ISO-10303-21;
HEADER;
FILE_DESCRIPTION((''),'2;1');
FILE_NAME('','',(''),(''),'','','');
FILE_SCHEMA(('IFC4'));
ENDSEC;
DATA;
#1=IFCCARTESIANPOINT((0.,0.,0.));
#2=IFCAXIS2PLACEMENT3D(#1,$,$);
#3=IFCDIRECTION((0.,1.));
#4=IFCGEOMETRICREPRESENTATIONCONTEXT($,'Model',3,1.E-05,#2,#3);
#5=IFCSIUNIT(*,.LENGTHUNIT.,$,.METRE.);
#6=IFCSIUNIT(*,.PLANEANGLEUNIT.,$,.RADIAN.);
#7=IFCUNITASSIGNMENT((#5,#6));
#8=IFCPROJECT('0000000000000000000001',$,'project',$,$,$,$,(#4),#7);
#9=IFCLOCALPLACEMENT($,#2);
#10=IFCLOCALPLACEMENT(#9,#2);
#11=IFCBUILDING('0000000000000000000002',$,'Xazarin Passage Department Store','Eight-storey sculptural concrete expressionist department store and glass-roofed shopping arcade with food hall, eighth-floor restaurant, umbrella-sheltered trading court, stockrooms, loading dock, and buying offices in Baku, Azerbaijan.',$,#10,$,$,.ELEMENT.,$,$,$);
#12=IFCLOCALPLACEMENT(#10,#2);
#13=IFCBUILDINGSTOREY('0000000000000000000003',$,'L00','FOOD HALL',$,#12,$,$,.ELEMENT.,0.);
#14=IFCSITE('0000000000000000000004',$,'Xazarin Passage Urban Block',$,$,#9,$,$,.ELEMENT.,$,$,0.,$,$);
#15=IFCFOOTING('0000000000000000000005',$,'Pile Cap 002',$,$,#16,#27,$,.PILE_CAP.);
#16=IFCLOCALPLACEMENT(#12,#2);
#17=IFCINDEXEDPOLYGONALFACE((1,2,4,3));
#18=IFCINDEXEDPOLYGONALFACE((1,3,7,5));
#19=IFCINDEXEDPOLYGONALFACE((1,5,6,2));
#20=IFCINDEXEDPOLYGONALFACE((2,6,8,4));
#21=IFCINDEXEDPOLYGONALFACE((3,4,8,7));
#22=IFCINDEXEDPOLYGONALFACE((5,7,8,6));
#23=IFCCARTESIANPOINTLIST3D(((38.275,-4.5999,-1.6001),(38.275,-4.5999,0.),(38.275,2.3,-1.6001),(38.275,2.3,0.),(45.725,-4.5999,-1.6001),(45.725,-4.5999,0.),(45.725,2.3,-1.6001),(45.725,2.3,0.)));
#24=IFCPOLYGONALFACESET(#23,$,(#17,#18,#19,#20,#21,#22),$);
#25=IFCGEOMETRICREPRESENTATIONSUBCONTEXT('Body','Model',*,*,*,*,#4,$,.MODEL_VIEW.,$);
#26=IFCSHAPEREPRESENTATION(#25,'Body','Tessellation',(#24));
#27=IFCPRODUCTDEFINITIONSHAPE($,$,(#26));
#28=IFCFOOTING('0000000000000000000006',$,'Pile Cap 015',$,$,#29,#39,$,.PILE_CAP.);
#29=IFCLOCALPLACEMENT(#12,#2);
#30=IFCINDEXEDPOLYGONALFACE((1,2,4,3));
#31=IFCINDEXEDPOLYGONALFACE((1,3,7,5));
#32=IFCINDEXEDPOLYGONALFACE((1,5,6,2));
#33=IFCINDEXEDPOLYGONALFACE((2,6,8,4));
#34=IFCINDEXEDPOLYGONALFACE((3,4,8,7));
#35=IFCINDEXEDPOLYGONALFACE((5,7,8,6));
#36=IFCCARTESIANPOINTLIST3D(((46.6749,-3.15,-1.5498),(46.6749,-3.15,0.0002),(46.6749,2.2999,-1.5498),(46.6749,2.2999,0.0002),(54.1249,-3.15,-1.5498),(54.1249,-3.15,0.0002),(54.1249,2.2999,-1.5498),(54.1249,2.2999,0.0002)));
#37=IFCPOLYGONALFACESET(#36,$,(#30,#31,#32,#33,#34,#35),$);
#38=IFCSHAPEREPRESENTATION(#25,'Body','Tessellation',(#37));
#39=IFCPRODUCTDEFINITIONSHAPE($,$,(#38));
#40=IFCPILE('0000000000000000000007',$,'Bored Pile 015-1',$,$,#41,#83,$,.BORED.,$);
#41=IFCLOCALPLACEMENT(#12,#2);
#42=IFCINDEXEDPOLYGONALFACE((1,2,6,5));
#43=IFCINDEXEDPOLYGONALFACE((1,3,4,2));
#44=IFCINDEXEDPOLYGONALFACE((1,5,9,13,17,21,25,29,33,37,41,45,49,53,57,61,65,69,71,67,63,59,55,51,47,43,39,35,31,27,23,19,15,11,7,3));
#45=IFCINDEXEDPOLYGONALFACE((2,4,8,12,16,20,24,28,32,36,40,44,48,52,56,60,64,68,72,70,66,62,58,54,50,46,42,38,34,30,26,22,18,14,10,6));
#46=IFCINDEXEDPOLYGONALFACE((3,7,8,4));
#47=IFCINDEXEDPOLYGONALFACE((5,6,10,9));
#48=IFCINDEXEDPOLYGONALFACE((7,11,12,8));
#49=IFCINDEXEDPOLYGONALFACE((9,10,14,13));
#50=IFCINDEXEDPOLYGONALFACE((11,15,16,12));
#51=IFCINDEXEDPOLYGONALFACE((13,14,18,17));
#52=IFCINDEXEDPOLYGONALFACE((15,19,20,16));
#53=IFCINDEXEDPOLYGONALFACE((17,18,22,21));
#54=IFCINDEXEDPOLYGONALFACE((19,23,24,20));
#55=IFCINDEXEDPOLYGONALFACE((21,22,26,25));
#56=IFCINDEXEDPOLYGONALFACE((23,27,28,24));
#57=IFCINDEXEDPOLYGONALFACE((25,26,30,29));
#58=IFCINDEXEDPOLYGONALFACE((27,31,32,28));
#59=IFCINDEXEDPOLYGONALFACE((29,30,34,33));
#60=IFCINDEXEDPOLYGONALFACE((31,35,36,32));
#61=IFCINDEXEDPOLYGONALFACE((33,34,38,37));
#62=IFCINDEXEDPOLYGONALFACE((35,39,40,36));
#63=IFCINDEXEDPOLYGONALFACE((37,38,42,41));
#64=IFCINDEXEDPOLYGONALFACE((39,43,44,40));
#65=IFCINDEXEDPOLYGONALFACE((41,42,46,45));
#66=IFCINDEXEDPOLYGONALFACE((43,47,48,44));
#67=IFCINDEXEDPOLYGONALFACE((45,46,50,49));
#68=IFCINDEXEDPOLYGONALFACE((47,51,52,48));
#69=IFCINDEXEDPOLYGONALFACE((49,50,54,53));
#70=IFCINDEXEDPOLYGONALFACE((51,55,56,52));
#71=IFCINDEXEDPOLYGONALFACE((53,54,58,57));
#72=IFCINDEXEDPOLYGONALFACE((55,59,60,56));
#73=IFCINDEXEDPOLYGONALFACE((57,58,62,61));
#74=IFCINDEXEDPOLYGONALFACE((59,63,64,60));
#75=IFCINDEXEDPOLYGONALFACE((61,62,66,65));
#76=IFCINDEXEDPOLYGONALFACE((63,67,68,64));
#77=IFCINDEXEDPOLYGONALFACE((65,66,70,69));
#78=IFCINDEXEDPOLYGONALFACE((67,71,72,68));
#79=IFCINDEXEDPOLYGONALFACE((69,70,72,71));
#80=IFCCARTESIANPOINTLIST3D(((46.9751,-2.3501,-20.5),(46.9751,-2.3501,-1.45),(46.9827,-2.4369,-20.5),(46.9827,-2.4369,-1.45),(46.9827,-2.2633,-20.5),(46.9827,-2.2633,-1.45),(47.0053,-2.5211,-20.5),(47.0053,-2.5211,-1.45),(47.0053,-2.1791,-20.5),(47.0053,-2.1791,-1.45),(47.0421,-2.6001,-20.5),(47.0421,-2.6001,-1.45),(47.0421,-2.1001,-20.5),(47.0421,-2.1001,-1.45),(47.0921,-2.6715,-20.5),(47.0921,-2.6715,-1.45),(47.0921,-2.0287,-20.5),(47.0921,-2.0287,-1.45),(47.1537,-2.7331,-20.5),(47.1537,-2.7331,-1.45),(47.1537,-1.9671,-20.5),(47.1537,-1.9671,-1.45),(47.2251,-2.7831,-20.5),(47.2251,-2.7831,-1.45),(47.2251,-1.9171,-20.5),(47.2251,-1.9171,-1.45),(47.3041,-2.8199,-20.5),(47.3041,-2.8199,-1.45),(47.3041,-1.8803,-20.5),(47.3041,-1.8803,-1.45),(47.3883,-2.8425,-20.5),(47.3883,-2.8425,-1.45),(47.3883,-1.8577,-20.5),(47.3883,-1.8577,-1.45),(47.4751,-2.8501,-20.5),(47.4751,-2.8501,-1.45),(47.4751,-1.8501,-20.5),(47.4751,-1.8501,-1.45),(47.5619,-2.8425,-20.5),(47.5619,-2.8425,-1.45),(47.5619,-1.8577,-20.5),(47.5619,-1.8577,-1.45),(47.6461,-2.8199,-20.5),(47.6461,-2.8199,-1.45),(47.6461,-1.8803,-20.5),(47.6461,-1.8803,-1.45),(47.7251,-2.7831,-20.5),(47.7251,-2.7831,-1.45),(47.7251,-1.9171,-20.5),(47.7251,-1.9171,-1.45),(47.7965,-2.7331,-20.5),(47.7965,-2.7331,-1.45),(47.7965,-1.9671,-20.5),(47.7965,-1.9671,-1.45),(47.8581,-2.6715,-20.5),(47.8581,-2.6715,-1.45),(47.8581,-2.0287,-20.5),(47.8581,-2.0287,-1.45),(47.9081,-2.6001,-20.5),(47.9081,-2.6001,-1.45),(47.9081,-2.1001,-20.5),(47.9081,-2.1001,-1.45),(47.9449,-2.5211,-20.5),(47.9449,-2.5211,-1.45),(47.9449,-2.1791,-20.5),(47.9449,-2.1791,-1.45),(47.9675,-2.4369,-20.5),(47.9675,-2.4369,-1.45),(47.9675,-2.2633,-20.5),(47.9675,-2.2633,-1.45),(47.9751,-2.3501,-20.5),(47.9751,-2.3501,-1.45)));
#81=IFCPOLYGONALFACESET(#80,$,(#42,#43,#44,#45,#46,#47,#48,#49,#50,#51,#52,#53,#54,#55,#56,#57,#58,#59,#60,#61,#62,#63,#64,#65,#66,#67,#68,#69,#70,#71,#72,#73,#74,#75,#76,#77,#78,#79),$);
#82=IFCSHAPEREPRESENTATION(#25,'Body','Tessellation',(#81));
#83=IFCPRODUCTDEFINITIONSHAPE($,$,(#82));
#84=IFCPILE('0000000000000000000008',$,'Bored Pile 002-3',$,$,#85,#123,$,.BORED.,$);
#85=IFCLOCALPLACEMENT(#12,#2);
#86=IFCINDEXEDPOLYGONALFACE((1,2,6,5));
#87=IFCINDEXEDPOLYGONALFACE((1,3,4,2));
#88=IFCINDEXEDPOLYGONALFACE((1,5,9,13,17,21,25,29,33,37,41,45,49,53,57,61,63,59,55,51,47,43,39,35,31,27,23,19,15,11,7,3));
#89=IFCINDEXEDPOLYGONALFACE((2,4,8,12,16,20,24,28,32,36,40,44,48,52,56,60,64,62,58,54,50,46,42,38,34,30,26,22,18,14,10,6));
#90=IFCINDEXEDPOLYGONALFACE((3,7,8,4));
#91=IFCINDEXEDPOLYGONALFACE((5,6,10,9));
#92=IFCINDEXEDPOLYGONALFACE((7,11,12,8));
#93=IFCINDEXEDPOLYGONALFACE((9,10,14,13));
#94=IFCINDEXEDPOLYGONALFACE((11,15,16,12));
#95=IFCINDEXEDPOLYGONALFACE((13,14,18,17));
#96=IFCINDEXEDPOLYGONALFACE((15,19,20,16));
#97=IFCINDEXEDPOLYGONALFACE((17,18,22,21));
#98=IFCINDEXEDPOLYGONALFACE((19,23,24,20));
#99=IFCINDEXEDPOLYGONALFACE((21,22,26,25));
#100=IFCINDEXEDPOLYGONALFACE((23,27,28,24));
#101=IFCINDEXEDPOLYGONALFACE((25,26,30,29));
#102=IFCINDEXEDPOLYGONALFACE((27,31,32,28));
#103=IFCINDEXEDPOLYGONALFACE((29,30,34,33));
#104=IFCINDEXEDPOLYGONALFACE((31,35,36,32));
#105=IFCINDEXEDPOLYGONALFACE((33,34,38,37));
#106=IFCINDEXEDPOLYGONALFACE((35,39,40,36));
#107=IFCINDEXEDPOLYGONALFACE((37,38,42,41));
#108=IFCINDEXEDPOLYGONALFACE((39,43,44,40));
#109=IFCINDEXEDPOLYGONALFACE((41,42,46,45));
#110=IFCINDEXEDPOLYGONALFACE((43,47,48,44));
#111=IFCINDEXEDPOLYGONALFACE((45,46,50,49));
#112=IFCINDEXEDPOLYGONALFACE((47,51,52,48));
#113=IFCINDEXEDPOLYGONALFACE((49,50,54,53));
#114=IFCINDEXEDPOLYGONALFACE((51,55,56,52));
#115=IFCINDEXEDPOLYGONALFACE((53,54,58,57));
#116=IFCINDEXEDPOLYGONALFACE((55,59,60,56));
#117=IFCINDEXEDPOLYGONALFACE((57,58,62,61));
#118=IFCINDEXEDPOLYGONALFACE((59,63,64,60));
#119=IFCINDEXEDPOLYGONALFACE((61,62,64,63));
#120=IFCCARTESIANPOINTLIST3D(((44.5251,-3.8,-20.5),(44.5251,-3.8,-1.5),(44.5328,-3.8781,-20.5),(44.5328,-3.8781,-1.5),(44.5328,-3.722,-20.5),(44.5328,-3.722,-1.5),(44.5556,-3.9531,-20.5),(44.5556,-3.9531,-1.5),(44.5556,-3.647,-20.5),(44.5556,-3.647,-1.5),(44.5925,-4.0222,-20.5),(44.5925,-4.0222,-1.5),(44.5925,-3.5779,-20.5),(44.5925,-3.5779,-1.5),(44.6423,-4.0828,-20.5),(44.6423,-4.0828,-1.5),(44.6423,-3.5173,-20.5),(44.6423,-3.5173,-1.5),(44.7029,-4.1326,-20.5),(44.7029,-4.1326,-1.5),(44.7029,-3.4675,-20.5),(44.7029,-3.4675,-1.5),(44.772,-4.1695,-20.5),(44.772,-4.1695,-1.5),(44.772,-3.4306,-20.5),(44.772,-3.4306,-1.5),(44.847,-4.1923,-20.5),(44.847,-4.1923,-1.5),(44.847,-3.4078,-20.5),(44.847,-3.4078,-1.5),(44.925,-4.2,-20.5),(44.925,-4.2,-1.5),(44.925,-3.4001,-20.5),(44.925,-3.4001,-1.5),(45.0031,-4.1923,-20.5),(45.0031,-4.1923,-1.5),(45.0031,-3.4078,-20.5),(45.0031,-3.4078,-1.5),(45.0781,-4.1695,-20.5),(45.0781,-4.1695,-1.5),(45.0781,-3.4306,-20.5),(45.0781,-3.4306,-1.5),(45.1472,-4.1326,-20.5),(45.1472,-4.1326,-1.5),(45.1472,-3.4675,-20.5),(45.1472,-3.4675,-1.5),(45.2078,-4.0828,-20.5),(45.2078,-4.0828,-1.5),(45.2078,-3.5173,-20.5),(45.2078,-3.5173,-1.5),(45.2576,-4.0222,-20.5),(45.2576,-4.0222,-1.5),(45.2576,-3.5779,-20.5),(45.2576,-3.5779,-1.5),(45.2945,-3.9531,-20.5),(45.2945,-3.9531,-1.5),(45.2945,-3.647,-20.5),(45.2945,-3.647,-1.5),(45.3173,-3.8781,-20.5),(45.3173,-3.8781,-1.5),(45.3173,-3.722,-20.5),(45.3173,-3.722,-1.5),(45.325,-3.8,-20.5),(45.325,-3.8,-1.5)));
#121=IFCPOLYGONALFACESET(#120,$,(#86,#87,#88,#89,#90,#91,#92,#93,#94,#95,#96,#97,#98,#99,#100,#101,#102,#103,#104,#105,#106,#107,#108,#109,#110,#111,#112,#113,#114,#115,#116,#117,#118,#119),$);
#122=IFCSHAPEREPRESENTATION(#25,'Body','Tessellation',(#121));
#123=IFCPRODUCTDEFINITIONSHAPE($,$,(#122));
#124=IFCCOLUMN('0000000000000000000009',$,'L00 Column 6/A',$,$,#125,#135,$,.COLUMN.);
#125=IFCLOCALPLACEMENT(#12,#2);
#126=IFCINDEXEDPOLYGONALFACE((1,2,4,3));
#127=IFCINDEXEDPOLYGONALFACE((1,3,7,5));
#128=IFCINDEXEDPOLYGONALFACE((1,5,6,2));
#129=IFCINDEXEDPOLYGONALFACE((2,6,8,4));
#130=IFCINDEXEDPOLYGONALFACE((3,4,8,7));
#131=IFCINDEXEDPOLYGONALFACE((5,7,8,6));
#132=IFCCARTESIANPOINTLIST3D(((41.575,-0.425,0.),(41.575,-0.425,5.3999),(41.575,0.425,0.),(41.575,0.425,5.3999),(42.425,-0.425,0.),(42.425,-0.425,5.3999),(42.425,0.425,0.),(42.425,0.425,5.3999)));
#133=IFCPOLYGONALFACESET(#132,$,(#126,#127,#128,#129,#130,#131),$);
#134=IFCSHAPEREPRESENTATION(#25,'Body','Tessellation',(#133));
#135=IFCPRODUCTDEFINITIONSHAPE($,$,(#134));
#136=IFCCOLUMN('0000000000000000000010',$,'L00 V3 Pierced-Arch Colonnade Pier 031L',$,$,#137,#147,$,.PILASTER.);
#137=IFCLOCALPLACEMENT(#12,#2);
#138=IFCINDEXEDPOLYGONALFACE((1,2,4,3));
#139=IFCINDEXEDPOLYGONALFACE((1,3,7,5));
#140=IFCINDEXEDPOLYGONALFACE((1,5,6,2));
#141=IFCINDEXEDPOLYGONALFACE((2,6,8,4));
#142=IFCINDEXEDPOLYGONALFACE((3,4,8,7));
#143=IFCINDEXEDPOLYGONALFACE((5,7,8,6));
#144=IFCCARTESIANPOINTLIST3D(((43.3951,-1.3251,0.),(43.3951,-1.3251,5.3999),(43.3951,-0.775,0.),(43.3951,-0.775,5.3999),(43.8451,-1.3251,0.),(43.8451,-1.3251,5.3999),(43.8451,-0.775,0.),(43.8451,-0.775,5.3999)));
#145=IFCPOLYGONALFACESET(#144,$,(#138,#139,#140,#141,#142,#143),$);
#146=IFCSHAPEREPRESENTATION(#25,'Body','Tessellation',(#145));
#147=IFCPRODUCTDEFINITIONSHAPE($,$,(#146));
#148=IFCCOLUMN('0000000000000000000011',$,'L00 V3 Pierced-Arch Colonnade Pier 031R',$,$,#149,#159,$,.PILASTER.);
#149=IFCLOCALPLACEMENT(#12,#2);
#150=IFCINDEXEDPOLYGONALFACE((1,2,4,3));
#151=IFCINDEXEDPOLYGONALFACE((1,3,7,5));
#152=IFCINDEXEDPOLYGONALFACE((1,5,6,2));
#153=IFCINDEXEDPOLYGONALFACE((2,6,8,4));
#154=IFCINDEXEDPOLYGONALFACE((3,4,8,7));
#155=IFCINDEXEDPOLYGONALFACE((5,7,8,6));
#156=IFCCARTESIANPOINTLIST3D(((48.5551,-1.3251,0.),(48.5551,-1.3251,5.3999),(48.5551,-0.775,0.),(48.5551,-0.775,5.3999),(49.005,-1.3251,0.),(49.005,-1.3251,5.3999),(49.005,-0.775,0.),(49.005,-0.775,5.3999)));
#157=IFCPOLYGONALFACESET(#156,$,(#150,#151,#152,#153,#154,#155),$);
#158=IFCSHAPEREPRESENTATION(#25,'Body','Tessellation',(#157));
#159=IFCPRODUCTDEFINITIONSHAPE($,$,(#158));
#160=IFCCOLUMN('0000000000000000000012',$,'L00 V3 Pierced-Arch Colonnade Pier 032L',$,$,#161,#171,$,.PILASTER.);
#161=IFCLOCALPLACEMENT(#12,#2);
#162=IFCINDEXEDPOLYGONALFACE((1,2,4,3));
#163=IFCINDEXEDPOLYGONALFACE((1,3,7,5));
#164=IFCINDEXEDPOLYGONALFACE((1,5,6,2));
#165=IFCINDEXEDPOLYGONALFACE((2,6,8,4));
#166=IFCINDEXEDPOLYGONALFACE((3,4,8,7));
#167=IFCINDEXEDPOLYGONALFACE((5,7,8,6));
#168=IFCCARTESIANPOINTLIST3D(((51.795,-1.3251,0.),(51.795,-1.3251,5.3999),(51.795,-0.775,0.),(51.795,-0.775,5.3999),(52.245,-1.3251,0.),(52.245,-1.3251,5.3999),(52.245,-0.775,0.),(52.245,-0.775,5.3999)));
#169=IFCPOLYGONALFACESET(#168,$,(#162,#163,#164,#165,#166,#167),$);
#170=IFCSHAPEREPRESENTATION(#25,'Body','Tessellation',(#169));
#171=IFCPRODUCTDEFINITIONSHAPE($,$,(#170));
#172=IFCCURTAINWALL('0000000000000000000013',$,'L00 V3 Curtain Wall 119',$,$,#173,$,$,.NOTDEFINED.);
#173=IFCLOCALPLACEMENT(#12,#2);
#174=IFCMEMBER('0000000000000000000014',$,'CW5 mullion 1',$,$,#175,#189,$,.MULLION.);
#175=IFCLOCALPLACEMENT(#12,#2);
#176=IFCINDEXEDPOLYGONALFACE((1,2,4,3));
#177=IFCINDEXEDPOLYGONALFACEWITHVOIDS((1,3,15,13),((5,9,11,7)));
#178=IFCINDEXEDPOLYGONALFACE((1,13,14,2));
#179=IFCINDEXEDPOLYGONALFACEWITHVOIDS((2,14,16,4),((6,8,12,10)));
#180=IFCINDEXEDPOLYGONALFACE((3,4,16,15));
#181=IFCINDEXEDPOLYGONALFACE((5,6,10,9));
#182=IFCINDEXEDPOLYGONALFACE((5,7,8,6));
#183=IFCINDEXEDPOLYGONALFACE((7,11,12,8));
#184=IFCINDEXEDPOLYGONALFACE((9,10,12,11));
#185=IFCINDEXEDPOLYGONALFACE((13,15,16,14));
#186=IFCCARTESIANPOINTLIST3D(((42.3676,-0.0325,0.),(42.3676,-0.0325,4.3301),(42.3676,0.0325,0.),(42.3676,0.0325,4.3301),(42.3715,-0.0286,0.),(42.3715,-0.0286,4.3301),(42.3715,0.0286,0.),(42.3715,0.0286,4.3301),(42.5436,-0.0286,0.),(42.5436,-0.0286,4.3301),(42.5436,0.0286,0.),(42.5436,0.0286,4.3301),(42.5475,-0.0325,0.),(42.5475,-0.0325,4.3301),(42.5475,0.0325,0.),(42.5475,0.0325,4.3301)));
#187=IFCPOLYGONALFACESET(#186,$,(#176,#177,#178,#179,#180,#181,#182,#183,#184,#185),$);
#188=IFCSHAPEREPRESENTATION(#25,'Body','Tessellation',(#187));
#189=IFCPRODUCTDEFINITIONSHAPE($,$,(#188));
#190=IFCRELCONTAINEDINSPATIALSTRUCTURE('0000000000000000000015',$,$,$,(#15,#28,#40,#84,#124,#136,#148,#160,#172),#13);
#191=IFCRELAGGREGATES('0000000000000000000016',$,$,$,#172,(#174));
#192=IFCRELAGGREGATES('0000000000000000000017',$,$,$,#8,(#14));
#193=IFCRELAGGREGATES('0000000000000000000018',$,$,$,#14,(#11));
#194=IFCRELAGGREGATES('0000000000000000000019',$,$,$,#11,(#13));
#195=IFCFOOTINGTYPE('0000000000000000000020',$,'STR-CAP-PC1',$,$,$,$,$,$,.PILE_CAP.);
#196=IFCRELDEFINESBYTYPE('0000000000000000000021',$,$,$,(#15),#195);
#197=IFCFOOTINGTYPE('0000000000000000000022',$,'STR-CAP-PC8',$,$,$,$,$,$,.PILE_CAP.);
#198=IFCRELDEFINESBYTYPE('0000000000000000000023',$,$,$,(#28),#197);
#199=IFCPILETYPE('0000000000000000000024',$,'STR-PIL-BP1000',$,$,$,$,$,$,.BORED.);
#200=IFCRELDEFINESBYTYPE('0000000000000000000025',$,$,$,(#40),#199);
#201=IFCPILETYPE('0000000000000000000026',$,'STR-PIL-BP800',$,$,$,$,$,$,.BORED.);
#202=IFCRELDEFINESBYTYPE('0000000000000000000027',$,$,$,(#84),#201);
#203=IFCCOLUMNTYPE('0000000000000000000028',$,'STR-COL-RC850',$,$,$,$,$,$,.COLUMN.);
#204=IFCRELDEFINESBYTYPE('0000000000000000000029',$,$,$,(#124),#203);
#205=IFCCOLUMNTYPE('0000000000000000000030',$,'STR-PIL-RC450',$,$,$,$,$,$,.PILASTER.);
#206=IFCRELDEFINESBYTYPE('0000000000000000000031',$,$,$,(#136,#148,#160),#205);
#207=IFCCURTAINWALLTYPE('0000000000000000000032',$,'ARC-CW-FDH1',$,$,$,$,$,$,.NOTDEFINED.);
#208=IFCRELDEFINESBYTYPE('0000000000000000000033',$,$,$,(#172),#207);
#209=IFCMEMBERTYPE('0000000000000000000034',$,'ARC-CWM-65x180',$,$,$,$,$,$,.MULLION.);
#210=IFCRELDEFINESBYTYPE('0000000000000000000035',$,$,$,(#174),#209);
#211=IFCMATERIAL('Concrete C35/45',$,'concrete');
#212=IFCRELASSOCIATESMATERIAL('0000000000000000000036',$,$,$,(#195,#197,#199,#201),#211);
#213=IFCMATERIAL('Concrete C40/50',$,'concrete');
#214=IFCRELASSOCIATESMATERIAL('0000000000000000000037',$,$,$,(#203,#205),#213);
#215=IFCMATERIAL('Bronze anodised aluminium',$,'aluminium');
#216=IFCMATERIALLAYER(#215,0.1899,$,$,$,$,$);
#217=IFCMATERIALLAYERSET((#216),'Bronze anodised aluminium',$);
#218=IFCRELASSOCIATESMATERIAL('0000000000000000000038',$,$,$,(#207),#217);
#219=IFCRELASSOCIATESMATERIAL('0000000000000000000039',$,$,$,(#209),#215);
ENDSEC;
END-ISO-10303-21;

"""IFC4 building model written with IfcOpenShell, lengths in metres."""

from ifc_helpers import new_model, si_unit, direction, frame, origin, origin_2d, place, context, subcontext, project, spatial, rectangle, hollow_rectangle, circle, extrude, material, layer, layer_set, material_profile, profile_set, type_object, element, aggregate, save


model = new_model("IFC4")

# Units and contexts
model_context = context("Model", 3, precision=1e-05, world=origin(), true_north=direction((0.0, 1.0)))
body_context = subcontext(model_context, "Body", "Model", "MODEL_VIEW")
ifc_project = project(units=[si_unit("LENGTHUNIT", "METRE"), si_unit("PLANEANGLEUNIT", "RADIAN")], contexts=[model_context])

# Site, building, storey
site_placement = place(None, origin())
site = spatial("IfcSite", under=ifc_project, at=site_placement, Name="Xazarin Passage Urban Block", CompositionType="ELEMENT", RefElevation=0.0)
building_placement = place(site_placement, origin())
building = spatial("IfcBuilding", under=site, at=building_placement, Name="Xazarin Passage Department Store", Description="Eight-storey sculptural concrete expressionist department store and glass-roofed shopping arcade with food hall, eighth-floor restaurant, umbrella-sheltered trading court, stockrooms, loading dock, and buying offices in Baku, Azerbaijan.", CompositionType="ELEMENT")
storey_placement = place(building_placement, origin())
storey = spatial("IfcBuildingStorey", under=building, at=storey_placement, Name="L00", Description="FOOD HALL", CompositionType="ELEMENT", Elevation=0.0)

# Footings
ifc_material_1 = material(Name="Concrete C35/45", Category="concrete")
footing_type_1 = type_object("IfcFootingType", Name="STR-CAP-PC1", PredefinedType="PILE_CAP", material=ifc_material_1)
footing_1_placement = place(storey_placement, frame((42.0, -1.1499, -1.6001), z_axis=(0.0, 0.0, 1.0), x_axis=(1.0, 0.0, 0.0)))
element("IfcFooting", 1, at=footing_1_placement, inside=storey, type_object=footing_type_1, Name="Pile Cap 002", PredefinedType="PILE_CAP", context=body_context, shape_type="SweptSolid", body=[
    extrude(rectangle(XDim=7.45, YDim=6.8999, at=origin_2d()), origin(), (0.0, 0.0, 1.0), 1.6001),
])
footing_type_2 = type_object("IfcFootingType", Name="STR-CAP-PC8", PredefinedType="PILE_CAP", material=ifc_material_1)
footing_2_placement = place(storey_placement, frame((50.3999, -0.425, -1.5498), z_axis=(0.0, 0.0, 1.0), x_axis=(1.0, 0.0, 0.0)))
element("IfcFooting", 2, at=footing_2_placement, inside=storey, type_object=footing_type_2, Name="Pile Cap 015", PredefinedType="PILE_CAP", context=body_context, shape_type="SweptSolid", body=[
    extrude(rectangle(XDim=7.45, YDim=5.45, at=origin_2d()), origin(), (0.0, 0.0, 1.0), 1.55),
])

# Piles
ifc_material_profile_1 = material_profile(ifc_material_1, circle(Radius=0.5, at=origin_2d()), Name="BP 1000")
ifc_profile_set_1 = profile_set([ifc_material_profile_1], Name="Concrete C35/45")
pile_type_1 = type_object("IfcPileType", Name="STR-PIL-BP1000", PredefinedType="BORED", material=ifc_profile_set_1)
pile_1_placement = place(storey_placement, frame((47.4751, -2.3501, -1.45), z_axis=(0.0, 0.0, -1.0), x_axis=(1.0, 0.0, 0.0)))
element("IfcPile", 3, at=pile_1_placement, inside=storey, type_object=pile_type_1, Name="Bored Pile 015-1", PredefinedType="BORED", context=body_context, shape_type="SweptSolid", body=[
    extrude(circle(Radius=0.5, at=origin_2d()), origin(), (0.0, 0.0, 1.0), 19.05),
])
ifc_material_profile_2 = material_profile(ifc_material_1, circle(Radius=0.3999, at=origin_2d()), Name="BP 800")
ifc_profile_set_2 = profile_set([ifc_material_profile_2], Name="Concrete C35/45")
pile_type_2 = type_object("IfcPileType", Name="STR-PIL-BP800", PredefinedType="BORED", material=ifc_profile_set_2)
pile_2_placement = place(storey_placement, frame((44.925, -3.8, -1.5), z_axis=(0.0, 0.0, -1.0), x_axis=(1.0, 0.0, 0.0)))
element("IfcPile", 4, at=pile_2_placement, inside=storey, type_object=pile_type_2, Name="Bored Pile 002-3", PredefinedType="BORED", context=body_context, shape_type="SweptSolid", body=[
    extrude(circle(Radius=0.3999, at=origin_2d()), origin(), (0.0, 0.0, 1.0), 19.0),
])

# Columns
ifc_material_2 = material(Name="Concrete C40/50", Category="concrete")
ifc_material_profile_3 = material_profile(ifc_material_2, rectangle(XDim=0.8501, YDim=0.8501, at=origin_2d()), Name="RC 850x850")
ifc_profile_set_3 = profile_set([ifc_material_profile_3], Name="Concrete C40/50")
column_type_1 = type_object("IfcColumnType", Name="STR-COL-RC850", PredefinedType="COLUMN", material=ifc_profile_set_3)
column_placement = place(storey_placement, frame((42.0, 0.0, 0.0), z_axis=(0.0, 0.0, 1.0), x_axis=(1.0, 0.0, 0.0)))
element("IfcColumn", 5, at=column_placement, inside=storey, type_object=column_type_1, Name="L00 Column 6/A", PredefinedType="COLUMN", context=body_context, shape_type="SweptSolid", body=[
    extrude(rectangle(XDim=0.8501, YDim=0.8501, at=origin_2d()), origin(), (0.0, 0.0, 1.0), 5.3999),
])
ifc_material_profile_4 = material_profile(ifc_material_2, rectangle(XDim=0.45, YDim=0.55, at=origin_2d()), Name="RC 450x550")
ifc_profile_set_4 = profile_set([ifc_material_profile_4], Name="Concrete C40/50")
column_type_2 = type_object("IfcColumnType", Name="STR-PIL-RC450", PredefinedType="PILASTER", material=ifc_profile_set_4)
for number, where, z_axis, x_axis, name in (
    (6, (43.6201, -1.05, 0.0), (0.0, 0.0, 1.0), (1.0, 0.0, 0.0), "L00 V3 Pierced-Arch Colonnade Pier 031L"),
    (7, (48.78, -1.05, 0.0), (0.0, 0.0, 1.0), (1.0, 0.0, 0.0), "L00 V3 Pierced-Arch Colonnade Pier 031R"),
    (8, (52.02, -1.05, 0.0), (0.0, 0.0, 1.0), (1.0, 0.0, 0.0), "L00 V3 Pierced-Arch Colonnade Pier 032L"),
):
    element("IfcColumn", number, at=place(storey_placement, frame(where, z_axis=z_axis, x_axis=x_axis)), inside=storey, type_object=column_type_2, Name=name, PredefinedType="PILASTER", context=body_context, shape_type="SweptSolid", body=[
        extrude(rectangle(XDim=0.45, YDim=0.55, at=origin_2d()), origin(), (0.0, 0.0, 1.0), 5.3999),
    ])

# Curtain wall, member
ifc_material_3 = material(Name="Bronze anodised aluminium", Category="aluminium")
ifc_layer_1 = layer(ifc_material_3, 0.1899)
ifc_layer_set_1 = layer_set([ifc_layer_1], Name="Bronze anodised aluminium")
curtain_wall_type = type_object("IfcCurtainWallType", Name="ARC-CW-FDH1", PredefinedType="NOTDEFINED", material=ifc_layer_set_1)
curtain_wall_placement = place(storey_placement, origin())
curtain_wall = element("IfcCurtainWall", 9, at=curtain_wall_placement, inside=storey, type_object=curtain_wall_type, Name="L00 V3 Curtain Wall 119", PredefinedType="NOTDEFINED")
ifc_material_profile_5 = material_profile(ifc_material_3, hollow_rectangle(XDim=0.0649, YDim=0.1799, WallThickness=0.0039, at=origin_2d()), Name="ALU 65x180")
ifc_profile_set_5 = profile_set([ifc_material_profile_5], Name="Bronze anodised aluminium")
member_type_1 = type_object("IfcMemberType", Name="ARC-CWM-65x180", PredefinedType="MULLION", material=ifc_profile_set_5)
member_1_placement = place(storey_placement, frame((42.4575, 0.0, 0.0), z_axis=(0.0, 0.0, 1.0), x_axis=(0.0, 1.0, 0.0)))
member_1 = element("IfcMember", 10, at=member_1_placement, type_object=member_type_1, Name="CW5 mullion 1", PredefinedType="MULLION", context=body_context, shape_type="SweptSolid", body=[
    extrude(hollow_rectangle(XDim=0.0649, YDim=0.1799, WallThickness=0.0039, at=origin_2d()), origin(), (0.0, 0.0, 1.0), 4.3301),
])
aggregate(curtain_wall, [member_1])

save(model, "model.ifc")
